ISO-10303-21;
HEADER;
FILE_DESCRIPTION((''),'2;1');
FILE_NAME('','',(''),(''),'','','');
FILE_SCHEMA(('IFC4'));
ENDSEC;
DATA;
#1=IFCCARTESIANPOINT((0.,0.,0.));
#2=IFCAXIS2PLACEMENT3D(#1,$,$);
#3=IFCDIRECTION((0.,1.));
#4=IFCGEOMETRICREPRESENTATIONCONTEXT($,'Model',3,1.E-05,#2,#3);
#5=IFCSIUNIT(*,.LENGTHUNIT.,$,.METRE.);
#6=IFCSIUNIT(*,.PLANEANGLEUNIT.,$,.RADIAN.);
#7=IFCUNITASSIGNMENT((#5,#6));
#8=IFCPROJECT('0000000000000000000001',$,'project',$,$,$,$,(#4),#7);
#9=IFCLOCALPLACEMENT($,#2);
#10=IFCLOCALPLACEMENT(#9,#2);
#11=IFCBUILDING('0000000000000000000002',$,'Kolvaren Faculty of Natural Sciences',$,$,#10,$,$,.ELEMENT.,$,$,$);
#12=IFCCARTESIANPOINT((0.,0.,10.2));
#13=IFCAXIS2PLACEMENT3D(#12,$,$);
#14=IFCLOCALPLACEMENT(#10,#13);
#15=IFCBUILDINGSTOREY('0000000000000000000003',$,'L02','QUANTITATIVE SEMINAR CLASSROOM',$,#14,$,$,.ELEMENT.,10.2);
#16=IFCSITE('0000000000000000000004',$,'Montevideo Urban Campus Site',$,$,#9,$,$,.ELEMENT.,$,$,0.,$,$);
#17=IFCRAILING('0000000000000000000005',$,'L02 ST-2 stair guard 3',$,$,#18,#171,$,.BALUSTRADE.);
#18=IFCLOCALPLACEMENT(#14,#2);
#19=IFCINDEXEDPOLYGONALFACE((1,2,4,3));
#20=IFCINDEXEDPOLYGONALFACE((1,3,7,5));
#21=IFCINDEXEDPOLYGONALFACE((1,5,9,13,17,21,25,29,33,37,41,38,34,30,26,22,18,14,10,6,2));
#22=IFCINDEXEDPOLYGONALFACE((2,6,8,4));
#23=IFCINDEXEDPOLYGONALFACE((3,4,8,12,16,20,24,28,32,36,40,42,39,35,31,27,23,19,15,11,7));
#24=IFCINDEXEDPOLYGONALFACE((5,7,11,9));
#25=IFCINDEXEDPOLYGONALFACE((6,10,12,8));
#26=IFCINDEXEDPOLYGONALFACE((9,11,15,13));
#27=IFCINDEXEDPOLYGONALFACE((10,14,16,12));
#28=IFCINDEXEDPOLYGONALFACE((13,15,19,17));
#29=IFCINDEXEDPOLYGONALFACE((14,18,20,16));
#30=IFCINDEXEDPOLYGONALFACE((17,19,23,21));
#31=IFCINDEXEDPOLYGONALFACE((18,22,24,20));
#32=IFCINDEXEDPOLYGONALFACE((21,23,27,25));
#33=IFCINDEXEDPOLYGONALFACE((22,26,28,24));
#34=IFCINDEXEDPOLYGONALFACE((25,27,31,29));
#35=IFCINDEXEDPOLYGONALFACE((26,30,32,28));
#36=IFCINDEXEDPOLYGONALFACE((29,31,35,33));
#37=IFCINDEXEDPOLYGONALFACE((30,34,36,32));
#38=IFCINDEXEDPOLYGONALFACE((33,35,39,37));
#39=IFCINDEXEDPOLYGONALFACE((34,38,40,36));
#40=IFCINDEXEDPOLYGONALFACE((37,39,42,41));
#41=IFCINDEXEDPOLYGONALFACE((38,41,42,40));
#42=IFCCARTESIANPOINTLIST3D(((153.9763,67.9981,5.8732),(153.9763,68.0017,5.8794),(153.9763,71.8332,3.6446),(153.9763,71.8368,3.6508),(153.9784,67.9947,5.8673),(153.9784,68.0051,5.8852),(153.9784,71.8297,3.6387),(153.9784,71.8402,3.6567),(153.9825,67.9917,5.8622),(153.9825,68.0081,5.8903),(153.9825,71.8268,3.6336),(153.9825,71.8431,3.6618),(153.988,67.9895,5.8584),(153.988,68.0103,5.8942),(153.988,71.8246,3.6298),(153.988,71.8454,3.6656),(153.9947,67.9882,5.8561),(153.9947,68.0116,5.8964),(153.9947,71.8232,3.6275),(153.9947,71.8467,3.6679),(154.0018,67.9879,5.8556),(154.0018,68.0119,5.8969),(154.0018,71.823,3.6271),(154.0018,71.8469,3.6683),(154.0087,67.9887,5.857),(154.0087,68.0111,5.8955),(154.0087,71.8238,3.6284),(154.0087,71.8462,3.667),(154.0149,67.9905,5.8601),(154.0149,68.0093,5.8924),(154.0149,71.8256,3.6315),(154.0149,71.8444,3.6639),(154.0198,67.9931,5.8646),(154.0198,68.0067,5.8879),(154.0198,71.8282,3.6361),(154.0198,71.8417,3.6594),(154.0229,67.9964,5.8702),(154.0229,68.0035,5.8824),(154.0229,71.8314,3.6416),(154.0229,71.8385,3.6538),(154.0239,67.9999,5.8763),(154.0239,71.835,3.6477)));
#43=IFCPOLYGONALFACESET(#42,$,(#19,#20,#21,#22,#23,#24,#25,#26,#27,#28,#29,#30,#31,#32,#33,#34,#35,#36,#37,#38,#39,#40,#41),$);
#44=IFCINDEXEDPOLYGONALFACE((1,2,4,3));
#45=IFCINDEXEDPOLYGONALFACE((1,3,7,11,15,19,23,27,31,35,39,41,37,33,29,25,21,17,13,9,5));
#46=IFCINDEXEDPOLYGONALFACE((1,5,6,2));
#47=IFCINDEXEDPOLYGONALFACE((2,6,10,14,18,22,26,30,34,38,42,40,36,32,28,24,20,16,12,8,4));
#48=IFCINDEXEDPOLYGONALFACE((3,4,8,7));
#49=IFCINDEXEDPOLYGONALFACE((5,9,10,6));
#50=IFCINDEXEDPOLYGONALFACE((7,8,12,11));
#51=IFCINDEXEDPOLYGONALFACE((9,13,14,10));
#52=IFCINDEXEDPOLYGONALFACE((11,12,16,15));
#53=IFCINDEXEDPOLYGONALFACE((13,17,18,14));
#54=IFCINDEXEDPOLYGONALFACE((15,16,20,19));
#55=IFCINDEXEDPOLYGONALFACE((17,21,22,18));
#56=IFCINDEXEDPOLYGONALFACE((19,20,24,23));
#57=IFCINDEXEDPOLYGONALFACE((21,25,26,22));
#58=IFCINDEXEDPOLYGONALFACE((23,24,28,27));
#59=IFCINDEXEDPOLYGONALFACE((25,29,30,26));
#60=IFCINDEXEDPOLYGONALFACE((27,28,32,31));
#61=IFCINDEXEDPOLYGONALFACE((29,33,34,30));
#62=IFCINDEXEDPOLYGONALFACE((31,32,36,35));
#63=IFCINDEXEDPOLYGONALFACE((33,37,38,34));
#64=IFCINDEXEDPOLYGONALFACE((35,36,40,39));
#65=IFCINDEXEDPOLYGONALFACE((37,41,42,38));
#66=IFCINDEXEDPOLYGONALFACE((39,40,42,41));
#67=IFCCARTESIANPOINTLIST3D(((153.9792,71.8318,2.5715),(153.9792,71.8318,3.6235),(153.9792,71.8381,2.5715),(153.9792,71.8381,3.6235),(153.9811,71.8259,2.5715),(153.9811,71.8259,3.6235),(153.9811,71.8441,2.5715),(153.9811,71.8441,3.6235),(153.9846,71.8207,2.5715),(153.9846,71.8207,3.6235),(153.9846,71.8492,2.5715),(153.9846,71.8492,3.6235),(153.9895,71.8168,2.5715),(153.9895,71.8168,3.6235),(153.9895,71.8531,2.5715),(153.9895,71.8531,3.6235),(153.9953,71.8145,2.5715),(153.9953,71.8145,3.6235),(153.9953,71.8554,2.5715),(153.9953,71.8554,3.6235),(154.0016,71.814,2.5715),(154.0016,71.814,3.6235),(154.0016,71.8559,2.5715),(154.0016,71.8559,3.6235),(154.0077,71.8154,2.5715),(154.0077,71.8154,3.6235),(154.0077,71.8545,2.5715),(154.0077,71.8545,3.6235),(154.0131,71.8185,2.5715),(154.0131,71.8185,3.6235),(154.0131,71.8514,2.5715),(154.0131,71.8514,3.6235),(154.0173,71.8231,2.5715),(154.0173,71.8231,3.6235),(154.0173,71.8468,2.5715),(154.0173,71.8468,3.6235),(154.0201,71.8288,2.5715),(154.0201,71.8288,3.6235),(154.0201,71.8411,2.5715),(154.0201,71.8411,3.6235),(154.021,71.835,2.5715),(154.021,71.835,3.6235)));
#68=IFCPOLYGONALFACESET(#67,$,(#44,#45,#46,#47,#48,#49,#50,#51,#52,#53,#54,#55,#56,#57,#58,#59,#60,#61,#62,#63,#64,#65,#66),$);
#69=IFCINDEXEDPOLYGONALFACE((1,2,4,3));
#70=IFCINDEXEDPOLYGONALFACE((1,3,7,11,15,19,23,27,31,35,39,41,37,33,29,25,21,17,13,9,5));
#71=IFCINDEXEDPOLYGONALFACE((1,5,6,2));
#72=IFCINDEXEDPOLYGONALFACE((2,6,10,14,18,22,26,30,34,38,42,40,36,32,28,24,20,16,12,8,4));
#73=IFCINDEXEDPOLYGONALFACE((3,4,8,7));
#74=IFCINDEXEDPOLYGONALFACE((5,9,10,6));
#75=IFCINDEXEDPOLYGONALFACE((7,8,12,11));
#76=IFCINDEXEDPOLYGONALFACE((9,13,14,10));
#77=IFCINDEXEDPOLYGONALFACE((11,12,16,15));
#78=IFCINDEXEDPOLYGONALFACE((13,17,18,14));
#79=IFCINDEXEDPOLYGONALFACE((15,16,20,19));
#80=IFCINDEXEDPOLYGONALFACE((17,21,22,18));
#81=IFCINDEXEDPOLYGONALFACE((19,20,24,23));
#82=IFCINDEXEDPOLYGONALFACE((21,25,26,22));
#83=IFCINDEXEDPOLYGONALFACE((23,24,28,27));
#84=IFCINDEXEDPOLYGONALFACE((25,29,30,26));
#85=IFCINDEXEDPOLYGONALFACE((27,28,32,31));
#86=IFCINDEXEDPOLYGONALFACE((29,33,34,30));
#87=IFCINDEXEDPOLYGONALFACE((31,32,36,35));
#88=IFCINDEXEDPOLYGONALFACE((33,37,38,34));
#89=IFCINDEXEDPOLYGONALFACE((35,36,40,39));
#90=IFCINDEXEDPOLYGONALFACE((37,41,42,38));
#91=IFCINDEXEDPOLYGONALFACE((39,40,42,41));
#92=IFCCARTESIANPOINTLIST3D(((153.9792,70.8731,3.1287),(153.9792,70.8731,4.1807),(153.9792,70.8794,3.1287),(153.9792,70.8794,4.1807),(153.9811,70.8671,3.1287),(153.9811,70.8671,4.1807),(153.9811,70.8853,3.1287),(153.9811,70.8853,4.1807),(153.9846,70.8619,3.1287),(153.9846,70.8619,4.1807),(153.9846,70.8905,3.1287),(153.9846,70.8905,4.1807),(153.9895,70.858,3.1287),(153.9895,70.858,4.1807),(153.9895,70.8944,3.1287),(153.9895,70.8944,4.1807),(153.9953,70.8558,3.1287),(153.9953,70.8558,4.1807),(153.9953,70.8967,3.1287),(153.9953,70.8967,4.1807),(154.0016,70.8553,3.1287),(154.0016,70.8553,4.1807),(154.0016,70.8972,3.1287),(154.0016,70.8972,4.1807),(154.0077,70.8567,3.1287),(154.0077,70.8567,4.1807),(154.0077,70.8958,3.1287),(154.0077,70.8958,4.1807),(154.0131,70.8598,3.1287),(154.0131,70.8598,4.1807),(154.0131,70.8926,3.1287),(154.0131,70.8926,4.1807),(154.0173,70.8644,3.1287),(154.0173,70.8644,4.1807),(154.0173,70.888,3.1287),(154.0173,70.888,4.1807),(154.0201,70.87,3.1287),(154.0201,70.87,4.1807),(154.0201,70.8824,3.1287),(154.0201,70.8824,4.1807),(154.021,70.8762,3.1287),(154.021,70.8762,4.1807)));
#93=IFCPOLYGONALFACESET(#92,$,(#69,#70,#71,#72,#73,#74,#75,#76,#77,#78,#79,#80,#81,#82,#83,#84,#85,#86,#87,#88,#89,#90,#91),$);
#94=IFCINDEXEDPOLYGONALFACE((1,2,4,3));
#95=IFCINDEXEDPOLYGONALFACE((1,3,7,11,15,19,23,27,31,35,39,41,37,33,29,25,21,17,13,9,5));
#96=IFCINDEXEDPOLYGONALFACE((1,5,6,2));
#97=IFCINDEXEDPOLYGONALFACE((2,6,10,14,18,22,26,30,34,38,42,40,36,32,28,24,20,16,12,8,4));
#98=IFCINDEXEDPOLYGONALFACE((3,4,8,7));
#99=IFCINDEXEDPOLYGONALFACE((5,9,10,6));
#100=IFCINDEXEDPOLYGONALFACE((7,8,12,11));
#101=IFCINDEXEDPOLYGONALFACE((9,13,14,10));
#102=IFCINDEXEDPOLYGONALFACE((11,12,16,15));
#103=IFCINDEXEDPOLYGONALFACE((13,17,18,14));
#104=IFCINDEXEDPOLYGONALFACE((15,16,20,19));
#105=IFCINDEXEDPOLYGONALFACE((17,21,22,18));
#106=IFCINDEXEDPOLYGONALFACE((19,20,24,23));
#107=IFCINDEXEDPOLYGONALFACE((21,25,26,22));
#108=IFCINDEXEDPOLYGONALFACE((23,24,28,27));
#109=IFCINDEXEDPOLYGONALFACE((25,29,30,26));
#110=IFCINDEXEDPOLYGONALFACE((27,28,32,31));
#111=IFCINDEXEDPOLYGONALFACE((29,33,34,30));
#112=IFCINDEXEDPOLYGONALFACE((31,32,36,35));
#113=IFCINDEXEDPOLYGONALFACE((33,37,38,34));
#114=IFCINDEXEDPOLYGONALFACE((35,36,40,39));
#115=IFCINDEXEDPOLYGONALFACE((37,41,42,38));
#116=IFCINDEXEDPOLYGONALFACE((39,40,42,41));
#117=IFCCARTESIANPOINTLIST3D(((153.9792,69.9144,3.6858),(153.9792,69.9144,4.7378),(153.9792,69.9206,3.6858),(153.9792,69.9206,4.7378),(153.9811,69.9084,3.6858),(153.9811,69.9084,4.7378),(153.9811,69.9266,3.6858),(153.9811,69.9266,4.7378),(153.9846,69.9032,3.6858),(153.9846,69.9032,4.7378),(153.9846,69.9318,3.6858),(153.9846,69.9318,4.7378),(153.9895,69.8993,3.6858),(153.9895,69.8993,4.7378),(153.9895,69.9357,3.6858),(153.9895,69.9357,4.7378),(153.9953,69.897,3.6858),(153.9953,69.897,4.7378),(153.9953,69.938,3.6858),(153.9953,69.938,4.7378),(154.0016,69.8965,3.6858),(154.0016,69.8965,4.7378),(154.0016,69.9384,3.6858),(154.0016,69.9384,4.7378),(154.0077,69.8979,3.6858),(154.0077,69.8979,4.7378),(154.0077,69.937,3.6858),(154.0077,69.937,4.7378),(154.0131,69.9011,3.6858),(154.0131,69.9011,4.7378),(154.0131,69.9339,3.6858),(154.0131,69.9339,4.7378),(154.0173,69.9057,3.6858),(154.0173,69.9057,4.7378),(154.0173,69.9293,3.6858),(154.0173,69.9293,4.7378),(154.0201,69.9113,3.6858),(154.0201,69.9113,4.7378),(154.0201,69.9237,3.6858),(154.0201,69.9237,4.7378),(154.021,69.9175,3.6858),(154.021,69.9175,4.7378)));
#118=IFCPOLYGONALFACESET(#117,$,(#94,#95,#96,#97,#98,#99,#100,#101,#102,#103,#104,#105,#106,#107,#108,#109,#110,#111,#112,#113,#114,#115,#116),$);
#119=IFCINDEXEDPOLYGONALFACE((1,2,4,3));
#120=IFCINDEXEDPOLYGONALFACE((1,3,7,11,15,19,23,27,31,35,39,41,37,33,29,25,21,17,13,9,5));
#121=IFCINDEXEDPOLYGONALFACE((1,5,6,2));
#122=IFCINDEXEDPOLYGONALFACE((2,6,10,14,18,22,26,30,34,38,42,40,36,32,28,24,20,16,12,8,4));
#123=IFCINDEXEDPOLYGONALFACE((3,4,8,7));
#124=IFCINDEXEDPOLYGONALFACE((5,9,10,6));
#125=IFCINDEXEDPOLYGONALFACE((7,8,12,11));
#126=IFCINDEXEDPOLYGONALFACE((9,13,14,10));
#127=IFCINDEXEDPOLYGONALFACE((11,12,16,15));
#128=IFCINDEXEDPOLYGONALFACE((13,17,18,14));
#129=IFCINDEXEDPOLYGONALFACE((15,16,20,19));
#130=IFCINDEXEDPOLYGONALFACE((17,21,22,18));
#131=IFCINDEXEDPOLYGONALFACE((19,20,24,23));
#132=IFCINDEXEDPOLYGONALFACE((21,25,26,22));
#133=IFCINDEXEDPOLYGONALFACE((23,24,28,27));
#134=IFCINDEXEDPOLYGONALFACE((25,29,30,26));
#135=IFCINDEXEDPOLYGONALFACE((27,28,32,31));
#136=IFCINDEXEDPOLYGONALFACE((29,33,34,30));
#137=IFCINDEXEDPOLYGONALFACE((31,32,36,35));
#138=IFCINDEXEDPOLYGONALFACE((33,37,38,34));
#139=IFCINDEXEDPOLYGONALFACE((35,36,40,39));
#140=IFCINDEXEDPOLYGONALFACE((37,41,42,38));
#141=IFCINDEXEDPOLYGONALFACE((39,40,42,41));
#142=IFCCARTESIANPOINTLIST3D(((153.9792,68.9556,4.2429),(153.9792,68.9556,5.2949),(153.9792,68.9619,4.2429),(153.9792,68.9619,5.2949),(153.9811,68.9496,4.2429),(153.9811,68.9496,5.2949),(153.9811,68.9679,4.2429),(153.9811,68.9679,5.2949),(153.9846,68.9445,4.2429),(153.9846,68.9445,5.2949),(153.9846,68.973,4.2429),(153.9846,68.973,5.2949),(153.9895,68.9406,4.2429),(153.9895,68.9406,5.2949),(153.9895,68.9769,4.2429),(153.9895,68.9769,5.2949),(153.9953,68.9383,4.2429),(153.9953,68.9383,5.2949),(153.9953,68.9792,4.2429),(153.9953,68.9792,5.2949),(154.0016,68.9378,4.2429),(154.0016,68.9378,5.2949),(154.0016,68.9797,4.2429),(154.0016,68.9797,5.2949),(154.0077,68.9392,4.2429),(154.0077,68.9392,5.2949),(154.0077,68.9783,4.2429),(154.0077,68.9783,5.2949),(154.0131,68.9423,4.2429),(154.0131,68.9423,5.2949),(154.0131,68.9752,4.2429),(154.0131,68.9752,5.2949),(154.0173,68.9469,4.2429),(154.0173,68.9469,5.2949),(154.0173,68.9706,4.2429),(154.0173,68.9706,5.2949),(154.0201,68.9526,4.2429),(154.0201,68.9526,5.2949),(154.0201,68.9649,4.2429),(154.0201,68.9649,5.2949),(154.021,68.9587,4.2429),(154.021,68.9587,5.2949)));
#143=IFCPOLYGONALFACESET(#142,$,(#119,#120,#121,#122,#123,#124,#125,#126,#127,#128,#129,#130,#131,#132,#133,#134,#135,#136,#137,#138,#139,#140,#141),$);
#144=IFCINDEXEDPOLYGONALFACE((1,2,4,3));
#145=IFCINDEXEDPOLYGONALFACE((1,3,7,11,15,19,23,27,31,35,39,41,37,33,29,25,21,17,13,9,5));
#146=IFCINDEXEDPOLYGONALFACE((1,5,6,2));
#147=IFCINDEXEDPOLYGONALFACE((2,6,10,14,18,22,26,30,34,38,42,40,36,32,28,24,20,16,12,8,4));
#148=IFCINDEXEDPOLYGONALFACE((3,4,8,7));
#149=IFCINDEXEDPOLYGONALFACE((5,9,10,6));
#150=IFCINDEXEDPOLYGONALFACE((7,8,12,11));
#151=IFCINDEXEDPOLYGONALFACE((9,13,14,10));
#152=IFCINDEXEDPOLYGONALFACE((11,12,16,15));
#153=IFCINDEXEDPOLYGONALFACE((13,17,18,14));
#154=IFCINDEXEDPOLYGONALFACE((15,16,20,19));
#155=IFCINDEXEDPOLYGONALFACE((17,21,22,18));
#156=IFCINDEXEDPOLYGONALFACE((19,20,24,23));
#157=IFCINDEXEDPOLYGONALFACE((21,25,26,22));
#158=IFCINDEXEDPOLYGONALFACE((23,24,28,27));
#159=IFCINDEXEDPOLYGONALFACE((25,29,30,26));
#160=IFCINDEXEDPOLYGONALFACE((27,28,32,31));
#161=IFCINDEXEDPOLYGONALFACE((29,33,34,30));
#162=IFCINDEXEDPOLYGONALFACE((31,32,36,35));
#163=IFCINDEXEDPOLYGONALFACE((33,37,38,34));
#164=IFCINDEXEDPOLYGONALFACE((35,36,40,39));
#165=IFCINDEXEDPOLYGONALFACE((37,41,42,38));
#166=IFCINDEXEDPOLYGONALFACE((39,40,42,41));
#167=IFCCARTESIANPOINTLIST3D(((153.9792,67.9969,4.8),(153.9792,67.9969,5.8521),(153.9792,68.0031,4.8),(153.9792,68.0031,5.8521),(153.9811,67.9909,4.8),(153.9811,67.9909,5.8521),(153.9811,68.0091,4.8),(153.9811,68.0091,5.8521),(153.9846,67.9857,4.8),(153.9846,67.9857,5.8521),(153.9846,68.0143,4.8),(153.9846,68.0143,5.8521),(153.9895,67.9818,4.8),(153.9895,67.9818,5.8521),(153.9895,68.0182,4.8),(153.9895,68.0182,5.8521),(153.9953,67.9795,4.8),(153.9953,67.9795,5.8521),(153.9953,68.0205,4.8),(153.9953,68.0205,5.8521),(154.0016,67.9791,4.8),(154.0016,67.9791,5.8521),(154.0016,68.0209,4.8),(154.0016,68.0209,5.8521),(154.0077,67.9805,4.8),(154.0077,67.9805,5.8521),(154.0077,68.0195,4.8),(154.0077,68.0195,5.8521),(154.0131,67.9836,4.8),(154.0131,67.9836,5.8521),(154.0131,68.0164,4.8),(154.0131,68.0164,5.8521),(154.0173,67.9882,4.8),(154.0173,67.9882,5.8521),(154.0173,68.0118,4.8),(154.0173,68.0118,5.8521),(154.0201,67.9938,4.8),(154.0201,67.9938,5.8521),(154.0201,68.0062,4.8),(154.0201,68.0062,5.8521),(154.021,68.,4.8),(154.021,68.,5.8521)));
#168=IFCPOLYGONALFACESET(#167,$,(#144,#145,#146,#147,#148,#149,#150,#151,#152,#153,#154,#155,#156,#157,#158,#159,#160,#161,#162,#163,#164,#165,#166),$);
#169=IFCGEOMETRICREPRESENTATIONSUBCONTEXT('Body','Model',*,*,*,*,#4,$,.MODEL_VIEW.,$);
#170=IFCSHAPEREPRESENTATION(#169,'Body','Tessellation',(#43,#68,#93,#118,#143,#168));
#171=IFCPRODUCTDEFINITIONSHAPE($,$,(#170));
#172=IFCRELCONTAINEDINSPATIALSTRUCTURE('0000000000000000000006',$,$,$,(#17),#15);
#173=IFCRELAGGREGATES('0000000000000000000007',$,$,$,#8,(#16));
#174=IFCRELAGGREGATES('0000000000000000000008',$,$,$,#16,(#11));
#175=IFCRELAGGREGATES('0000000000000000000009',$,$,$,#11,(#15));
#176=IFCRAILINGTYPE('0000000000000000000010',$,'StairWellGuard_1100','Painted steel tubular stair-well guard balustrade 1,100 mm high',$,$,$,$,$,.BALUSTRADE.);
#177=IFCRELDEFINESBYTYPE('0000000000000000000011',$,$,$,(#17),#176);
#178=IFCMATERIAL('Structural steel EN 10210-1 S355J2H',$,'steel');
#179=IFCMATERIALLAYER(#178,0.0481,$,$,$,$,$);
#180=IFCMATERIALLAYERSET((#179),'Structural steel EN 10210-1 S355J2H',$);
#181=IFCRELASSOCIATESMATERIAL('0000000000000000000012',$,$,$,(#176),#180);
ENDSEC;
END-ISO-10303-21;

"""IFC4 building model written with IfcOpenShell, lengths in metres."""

from ifc_helpers import new_model, si_unit, direction, frame, origin, origin_2d, place, context, subcontext, project, spatial, circle, extrude, material, layer, layer_set, type_object, element, save


model = new_model("IFC4")

# Units and contexts
model_context = context("Model", 3, precision=1e-05, world=origin(), true_north=direction((0.0, 1.0)))
body_context = subcontext(model_context, "Body", "Model", "MODEL_VIEW")
ifc_project = project(units=[si_unit("LENGTHUNIT", "METRE"), si_unit("PLANEANGLEUNIT", "RADIAN")], contexts=[model_context])

# Site, building, storey
site_placement = place(None, origin())
site = spatial("IfcSite", under=ifc_project, at=site_placement, Name="Montevideo Urban Campus Site", CompositionType="ELEMENT", RefElevation=0.0)
building_placement = place(site_placement, origin())
building = spatial("IfcBuilding", under=site, at=building_placement, Name="Kolvaren Faculty of Natural Sciences", CompositionType="ELEMENT")
storey_placement = place(building_placement, frame((0.0, 0.0, 10.2)))
storey = spatial("IfcBuildingStorey", under=building, at=storey_placement, Name="L02", Description="QUANTITATIVE SEMINAR CLASSROOM", CompositionType="ELEMENT", Elevation=10.2)

# Railing
ifc_material_1 = material(Name="Structural steel EN 10210-1 S355J2H", Category="steel")
ifc_layer_1 = layer(ifc_material_1, 0.0481)
ifc_layer_set_1 = layer_set([ifc_layer_1], Name="Structural steel EN 10210-1 S355J2H")
railing_type_1 = type_object("IfcRailingType", Name="StairWellGuard_1100", Description="Painted steel tubular stair-well guard balustrade 1,100 mm high", PredefinedType="BALUSTRADE", material=ifc_layer_set_1)
railing_1_placement = place(storey_placement, frame((154.0, 71.835, 2.5715)))
element("IfcRailing", 1, at=railing_1_placement, inside=storey, type_object=railing_type_1, Name="L02 ST-2 stair guard 3", PredefinedType="BALUSTRADE", context=body_context, shape_type="SweptSolid", body=[
    extrude(circle(Radius=0.0239, at=origin_2d()), frame((0.0, 0.0, 1.0762), z_axis=(0.0, -0.864616, 0.502433), x_axis=(1.0, 0.0, 0.0)), (0.0, 0.0, 1.0), 4.4355),
    extrude(circle(Radius=0.021, at=origin_2d()), origin(), (0.0, 0.0, 1.0), 1.052),
    extrude(circle(Radius=0.021, at=origin_2d()), frame((0.0, -0.9587, 0.5571)), (0.0, 0.0, 1.0), 1.052),
    extrude(circle(Radius=0.021, at=origin_2d()), frame((0.0, -1.9175, 1.1143)), (0.0, 0.0, 1.0), 1.052),
    extrude(circle(Radius=0.021, at=origin_2d()), frame((0.0, -2.8762, 1.6714)), (0.0, 0.0, 1.0), 1.052),
    extrude(circle(Radius=0.021, at=origin_2d()), frame((0.0, -3.835, 2.2285)), (0.0, 0.0, 1.0), 1.052),
])

save(model, "model.ifc")
